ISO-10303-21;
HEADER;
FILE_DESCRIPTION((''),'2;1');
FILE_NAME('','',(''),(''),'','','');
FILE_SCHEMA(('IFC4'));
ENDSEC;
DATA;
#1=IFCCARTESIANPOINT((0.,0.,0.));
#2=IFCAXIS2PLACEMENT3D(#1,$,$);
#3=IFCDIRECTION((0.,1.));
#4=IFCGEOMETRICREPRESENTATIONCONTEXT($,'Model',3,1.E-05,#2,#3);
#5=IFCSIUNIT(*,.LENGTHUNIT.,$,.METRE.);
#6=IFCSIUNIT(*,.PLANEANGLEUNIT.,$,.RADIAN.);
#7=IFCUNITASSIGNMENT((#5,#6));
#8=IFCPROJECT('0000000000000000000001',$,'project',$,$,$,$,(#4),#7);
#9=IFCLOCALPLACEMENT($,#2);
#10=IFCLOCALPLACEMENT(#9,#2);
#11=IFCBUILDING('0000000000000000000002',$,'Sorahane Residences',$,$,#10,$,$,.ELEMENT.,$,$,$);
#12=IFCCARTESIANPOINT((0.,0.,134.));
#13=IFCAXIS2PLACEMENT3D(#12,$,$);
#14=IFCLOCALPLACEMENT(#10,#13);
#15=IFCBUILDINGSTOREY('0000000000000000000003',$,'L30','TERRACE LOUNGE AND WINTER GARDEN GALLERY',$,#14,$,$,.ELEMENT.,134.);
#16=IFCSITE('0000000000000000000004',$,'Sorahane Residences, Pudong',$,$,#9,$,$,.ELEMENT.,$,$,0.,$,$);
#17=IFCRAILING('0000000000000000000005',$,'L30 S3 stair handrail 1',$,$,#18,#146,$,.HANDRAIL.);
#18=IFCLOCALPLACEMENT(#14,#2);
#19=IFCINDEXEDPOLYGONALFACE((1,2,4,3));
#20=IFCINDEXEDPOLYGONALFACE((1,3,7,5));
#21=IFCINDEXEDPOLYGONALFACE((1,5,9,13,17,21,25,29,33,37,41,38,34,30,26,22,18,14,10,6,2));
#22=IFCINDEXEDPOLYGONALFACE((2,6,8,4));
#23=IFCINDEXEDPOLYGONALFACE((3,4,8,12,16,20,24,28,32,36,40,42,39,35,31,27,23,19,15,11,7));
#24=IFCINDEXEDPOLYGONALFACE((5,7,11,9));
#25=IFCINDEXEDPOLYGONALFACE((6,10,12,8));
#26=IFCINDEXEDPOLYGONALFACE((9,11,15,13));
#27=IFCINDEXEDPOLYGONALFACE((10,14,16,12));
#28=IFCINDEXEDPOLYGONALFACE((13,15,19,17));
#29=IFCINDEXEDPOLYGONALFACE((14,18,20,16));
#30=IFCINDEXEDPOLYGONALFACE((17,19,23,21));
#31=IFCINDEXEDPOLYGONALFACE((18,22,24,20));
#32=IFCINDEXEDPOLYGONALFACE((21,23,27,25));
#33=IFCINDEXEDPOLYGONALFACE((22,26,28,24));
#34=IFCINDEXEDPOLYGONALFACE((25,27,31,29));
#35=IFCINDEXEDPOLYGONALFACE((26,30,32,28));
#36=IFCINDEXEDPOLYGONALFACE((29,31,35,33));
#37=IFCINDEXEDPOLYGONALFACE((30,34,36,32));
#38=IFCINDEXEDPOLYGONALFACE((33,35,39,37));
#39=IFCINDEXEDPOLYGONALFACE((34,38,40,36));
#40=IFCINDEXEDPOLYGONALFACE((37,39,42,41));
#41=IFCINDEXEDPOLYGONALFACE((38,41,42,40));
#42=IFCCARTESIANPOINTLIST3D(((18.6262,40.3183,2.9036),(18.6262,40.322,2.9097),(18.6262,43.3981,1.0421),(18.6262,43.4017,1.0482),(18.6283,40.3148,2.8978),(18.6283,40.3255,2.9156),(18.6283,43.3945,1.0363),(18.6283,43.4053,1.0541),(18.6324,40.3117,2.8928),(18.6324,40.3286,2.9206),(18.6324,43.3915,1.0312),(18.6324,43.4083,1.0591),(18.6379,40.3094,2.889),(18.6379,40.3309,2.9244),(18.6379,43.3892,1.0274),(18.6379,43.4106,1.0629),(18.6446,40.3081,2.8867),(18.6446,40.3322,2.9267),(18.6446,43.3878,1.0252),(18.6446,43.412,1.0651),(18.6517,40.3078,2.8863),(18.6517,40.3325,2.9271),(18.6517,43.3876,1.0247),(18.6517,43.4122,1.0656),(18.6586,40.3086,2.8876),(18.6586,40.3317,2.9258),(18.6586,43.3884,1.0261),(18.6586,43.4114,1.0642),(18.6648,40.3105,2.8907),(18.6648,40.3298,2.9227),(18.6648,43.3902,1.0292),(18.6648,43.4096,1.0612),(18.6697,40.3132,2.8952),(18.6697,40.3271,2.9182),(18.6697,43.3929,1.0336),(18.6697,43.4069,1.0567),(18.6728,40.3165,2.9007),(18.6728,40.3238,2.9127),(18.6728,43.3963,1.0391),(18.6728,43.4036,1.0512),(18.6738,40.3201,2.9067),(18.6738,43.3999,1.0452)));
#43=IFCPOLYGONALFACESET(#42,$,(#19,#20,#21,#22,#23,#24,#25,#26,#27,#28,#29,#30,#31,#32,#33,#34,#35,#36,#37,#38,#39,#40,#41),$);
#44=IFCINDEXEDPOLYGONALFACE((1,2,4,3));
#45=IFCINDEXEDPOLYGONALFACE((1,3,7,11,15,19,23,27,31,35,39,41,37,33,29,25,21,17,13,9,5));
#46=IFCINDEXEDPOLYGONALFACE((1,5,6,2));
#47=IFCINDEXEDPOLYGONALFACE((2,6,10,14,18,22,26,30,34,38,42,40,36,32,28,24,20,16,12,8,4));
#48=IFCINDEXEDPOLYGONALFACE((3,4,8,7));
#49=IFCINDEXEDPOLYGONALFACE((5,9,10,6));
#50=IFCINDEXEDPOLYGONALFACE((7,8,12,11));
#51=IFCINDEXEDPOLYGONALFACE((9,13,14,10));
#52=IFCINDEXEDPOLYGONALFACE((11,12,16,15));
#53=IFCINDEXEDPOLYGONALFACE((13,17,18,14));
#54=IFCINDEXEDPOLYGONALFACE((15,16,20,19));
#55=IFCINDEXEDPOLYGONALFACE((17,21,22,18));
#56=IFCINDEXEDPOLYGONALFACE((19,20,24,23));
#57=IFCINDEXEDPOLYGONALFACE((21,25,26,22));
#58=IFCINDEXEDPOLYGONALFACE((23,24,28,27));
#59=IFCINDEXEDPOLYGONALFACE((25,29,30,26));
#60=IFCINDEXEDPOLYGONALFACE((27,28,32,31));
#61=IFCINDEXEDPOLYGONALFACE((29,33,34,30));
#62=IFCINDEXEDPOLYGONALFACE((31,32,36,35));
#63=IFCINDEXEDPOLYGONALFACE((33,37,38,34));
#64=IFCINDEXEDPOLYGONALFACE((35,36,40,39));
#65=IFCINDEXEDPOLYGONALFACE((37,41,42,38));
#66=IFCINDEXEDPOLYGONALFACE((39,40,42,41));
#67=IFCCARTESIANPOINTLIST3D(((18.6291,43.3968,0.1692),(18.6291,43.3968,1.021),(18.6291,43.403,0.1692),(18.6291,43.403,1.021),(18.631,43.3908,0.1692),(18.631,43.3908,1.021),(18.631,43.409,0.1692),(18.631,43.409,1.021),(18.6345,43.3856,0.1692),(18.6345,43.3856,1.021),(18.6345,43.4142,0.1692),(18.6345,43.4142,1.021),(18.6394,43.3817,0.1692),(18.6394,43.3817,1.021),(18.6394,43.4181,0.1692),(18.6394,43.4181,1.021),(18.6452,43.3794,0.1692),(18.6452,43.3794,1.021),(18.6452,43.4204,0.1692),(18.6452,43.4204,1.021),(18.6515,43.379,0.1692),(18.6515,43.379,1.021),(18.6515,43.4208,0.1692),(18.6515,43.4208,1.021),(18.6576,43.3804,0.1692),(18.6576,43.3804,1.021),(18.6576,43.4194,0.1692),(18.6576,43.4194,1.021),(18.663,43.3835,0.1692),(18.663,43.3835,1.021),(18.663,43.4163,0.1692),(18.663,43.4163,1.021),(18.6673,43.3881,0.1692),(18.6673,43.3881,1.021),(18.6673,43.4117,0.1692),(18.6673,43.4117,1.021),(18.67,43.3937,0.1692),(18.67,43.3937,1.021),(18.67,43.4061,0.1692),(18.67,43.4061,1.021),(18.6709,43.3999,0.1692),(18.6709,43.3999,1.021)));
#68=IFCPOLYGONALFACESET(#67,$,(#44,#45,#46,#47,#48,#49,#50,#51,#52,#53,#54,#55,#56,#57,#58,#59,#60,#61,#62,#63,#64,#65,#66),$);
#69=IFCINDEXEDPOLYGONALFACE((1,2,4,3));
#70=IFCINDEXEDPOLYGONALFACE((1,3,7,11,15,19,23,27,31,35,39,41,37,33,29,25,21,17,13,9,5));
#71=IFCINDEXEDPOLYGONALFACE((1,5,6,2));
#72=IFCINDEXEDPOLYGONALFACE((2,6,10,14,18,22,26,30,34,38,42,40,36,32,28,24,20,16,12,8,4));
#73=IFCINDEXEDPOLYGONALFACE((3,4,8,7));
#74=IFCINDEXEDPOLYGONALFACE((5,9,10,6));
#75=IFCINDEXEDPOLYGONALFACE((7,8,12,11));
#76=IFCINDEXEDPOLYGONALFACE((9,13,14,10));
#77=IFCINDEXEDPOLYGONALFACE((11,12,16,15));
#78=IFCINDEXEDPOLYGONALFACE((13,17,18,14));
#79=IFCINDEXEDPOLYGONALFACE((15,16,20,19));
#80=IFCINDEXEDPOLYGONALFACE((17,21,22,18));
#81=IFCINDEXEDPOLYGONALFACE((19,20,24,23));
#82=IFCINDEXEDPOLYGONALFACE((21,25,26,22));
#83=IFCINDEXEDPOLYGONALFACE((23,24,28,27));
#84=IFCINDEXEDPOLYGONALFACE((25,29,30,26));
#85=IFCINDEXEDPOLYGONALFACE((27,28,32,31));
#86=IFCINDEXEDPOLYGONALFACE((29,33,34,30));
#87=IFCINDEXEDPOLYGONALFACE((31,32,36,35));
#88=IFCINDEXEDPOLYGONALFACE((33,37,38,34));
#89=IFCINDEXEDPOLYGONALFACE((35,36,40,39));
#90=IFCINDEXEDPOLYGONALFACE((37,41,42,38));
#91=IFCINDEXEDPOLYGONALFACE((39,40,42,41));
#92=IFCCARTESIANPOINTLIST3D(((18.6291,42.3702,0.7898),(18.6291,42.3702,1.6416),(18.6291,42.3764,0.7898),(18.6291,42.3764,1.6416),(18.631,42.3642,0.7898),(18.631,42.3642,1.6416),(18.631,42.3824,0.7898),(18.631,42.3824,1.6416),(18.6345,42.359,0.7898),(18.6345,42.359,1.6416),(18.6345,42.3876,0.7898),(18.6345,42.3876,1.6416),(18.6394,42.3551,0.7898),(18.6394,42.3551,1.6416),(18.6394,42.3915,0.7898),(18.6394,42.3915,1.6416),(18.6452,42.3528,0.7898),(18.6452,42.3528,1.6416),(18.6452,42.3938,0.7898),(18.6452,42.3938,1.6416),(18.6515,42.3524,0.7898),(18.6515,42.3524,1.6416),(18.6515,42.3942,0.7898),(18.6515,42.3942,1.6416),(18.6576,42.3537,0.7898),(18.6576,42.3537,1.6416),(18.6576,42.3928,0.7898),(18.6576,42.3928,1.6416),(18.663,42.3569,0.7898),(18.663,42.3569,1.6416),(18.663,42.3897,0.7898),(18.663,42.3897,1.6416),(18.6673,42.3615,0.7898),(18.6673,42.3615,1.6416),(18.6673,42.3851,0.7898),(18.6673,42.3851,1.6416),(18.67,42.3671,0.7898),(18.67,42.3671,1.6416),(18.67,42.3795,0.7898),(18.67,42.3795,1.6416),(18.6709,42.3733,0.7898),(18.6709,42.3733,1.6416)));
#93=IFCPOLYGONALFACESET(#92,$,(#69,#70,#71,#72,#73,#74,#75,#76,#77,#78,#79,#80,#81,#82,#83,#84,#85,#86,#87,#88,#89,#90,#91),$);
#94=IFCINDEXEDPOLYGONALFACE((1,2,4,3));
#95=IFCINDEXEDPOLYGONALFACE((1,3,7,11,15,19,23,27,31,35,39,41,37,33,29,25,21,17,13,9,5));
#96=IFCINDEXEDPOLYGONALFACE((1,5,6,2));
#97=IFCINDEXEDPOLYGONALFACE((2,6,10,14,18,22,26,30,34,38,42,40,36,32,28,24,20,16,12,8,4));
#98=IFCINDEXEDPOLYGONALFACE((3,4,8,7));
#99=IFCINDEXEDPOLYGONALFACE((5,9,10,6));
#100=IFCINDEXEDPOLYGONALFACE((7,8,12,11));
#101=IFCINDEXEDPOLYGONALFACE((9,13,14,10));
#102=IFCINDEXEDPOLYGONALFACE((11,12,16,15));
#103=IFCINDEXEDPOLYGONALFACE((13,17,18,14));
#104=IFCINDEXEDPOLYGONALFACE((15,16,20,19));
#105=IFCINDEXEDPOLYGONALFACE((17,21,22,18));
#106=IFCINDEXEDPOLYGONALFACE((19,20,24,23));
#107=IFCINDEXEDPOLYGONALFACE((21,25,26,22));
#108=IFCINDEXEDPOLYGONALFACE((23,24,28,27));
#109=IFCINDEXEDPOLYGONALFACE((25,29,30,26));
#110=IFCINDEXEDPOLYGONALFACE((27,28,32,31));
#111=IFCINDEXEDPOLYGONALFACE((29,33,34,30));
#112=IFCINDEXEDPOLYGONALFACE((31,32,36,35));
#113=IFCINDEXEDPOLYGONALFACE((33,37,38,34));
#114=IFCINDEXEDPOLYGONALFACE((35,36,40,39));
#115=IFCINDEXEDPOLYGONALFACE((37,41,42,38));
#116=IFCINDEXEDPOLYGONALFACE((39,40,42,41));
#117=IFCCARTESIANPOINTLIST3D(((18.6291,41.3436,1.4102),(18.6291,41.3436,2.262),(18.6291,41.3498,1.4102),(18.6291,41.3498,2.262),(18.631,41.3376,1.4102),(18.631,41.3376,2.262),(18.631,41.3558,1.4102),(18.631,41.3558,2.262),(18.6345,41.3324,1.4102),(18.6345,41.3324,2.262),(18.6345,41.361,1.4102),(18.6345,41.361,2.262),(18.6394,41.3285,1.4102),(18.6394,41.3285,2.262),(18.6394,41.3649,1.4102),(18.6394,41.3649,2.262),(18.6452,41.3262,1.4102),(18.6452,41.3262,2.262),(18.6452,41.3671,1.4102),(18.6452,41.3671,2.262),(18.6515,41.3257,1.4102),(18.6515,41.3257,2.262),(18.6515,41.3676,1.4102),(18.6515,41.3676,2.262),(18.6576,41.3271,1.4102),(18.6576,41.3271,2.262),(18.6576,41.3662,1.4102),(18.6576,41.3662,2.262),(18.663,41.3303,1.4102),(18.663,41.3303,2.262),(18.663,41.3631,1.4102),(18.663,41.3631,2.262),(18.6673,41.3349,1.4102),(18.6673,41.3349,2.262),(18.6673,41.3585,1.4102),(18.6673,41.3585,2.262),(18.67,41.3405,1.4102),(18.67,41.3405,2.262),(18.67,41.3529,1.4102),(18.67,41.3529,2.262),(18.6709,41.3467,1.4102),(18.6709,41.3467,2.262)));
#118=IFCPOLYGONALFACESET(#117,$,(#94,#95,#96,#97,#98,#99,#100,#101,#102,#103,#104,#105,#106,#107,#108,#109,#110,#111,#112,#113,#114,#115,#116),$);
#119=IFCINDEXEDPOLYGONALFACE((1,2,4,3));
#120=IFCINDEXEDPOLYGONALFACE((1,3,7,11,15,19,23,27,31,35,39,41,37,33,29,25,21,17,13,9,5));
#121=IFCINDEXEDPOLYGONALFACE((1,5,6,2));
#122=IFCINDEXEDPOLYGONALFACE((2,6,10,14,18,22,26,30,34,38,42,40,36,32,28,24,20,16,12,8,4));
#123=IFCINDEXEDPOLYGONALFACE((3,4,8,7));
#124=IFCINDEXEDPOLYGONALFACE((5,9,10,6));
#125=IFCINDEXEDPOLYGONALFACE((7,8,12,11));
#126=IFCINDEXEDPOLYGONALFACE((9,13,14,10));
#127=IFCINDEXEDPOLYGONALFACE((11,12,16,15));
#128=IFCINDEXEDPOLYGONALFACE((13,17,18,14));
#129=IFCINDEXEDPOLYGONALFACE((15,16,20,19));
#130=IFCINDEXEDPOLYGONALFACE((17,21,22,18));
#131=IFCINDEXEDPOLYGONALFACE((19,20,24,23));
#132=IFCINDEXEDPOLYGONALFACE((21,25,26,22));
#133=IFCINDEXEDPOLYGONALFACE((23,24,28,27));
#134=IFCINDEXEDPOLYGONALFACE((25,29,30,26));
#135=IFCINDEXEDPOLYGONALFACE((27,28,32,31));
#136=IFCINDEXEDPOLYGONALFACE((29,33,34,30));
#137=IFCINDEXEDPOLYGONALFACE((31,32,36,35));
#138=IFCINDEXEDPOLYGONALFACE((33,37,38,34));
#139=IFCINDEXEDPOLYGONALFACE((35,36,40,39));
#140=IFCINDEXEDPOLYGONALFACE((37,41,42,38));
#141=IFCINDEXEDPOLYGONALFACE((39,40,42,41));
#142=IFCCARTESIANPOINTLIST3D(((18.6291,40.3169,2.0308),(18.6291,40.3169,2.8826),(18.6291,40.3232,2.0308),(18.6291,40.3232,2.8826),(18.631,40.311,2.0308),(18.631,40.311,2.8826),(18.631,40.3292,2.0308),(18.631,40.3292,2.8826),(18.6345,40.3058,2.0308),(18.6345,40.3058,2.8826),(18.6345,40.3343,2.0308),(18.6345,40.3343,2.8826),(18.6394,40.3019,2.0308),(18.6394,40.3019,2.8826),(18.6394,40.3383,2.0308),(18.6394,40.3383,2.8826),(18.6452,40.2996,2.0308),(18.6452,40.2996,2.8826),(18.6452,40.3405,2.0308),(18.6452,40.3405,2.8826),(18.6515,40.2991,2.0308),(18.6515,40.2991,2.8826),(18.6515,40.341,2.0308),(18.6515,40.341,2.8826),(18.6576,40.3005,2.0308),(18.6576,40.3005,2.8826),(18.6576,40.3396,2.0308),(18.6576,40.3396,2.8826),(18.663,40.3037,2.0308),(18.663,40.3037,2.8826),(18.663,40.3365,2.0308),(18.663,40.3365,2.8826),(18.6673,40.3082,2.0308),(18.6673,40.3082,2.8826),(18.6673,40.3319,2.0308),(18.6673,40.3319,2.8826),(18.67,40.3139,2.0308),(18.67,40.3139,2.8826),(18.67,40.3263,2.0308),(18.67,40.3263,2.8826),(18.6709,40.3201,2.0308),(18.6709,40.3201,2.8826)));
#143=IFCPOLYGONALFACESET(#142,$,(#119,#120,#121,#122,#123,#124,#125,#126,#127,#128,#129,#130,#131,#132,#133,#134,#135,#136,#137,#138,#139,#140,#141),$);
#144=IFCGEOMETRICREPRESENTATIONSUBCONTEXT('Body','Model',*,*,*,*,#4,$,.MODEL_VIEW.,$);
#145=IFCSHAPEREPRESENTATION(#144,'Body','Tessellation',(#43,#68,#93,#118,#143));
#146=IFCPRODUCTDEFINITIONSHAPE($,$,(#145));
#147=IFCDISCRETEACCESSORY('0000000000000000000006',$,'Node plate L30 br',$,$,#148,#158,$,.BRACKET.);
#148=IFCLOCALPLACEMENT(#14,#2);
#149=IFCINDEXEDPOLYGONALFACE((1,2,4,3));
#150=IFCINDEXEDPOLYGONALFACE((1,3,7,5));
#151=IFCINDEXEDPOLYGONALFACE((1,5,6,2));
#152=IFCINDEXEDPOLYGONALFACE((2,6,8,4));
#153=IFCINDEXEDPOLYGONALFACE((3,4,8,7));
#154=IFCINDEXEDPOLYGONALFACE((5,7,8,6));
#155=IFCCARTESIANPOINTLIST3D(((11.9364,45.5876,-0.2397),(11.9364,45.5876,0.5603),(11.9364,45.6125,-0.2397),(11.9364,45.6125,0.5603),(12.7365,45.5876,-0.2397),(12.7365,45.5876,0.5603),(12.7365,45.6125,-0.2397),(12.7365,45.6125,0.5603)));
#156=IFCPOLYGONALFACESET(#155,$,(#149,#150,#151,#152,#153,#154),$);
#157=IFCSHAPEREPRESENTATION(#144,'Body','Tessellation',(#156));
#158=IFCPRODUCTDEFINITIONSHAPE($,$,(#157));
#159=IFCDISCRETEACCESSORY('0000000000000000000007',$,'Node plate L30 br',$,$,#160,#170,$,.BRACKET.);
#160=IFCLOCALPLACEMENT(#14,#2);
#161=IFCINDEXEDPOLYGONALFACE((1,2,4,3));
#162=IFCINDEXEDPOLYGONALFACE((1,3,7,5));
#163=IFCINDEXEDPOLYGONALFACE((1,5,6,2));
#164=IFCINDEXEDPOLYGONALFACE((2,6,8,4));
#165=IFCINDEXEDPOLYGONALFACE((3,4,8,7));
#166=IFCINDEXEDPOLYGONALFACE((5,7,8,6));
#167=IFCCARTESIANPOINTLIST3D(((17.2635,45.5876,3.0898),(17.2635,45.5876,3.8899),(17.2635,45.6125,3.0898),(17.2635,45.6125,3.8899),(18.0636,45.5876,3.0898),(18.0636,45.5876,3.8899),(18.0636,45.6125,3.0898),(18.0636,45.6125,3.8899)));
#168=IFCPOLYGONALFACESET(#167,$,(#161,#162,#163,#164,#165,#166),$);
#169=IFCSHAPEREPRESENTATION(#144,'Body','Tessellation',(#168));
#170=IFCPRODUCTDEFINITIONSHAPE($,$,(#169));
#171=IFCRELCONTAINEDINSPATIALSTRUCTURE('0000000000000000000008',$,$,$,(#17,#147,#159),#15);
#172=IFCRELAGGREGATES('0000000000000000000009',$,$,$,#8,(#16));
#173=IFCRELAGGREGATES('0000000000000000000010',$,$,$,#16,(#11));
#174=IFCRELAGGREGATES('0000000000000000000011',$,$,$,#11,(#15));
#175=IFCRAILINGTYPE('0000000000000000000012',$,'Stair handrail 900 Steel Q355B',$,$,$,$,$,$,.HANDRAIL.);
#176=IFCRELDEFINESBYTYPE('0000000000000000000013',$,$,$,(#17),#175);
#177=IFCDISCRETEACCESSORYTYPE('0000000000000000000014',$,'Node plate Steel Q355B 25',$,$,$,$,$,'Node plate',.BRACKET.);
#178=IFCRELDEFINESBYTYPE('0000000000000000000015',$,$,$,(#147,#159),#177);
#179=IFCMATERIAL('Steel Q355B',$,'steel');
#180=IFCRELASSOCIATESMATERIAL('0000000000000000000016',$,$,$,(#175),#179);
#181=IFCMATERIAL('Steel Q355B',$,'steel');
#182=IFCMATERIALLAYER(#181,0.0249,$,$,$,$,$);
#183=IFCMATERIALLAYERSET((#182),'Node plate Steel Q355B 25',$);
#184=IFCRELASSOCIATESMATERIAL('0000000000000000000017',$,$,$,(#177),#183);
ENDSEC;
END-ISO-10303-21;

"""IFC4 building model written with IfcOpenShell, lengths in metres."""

from ifc_helpers import new_model, si_unit, direction, frame, origin, origin_2d, place, context, subcontext, project, spatial, rectangle, circle, extrude, material, layer, layer_set, type_object, element, save


model = new_model("IFC4")

# Units and contexts
model_context = context("Model", 3, precision=1e-05, world=origin(), true_north=direction((0.0, 1.0)))
body_context = subcontext(model_context, "Body", "Model", "MODEL_VIEW")
ifc_project = project(units=[si_unit("LENGTHUNIT", "METRE"), si_unit("PLANEANGLEUNIT", "RADIAN")], contexts=[model_context])

# Site, building, storey
site_placement = place(None, origin())
site = spatial("IfcSite", under=ifc_project, at=site_placement, Name="Sorahane Residences, Pudong", CompositionType="ELEMENT", RefElevation=0.0)
building_placement = place(site_placement, origin())
building = spatial("IfcBuilding", under=site, at=building_placement, Name="Sorahane Residences", CompositionType="ELEMENT")
storey_placement = place(building_placement, frame((0.0, 0.0, 134.0)))
storey = spatial("IfcBuildingStorey", under=building, at=storey_placement, Name="L30", Description="TERRACE LOUNGE AND WINTER GARDEN GALLERY", CompositionType="ELEMENT", Elevation=134.0)

# Railing
ifc_material_1 = material(Name="Steel Q355B", Category="steel")
railing_type_1 = type_object("IfcRailingType", Name="Stair handrail 900 Steel Q355B", PredefinedType="HANDRAIL", material=ifc_material_1)
for number, where, name in (
    (1, (18.6499, 43.3999, 0.1692), "L30 S3 stair handrail 1"),
):
    element("IfcRailing", number, at=place(storey_placement, frame(where)), inside=storey, type_object=railing_type_1, Name=name, PredefinedType="HANDRAIL", context=body_context, shape_type="SweptSolid", body=[
        extrude(circle(Radius=0.0239, at=origin_2d()), frame((0.0, 0.0, 0.876), z_axis=(0.0, -0.855812, 0.517286), x_axis=(1.0, 0.0, 0.0)), (0.0, 0.0, 1.0), 3.5986),
        extrude(circle(Radius=0.021, at=origin_2d()), origin(), (0.0, 0.0, 1.0), 0.8518),
        extrude(circle(Radius=0.021, at=origin_2d()), frame((0.0, -1.0266, 0.6206)), (0.0, 0.0, 1.0), 0.8518),
        extrude(circle(Radius=0.021, at=origin_2d()), frame((0.0, -2.0532, 1.241)), (0.0, 0.0, 1.0), 0.8518),
        extrude(circle(Radius=0.021, at=origin_2d()), frame((0.0, -3.0798, 1.8616)), (0.0, 0.0, 1.0), 0.8518),
    ])

# Discrete accessories
ifc_material_2 = material(Name="Steel Q355B", Category="steel")
ifc_layer_1 = layer(ifc_material_2, 0.0249)
ifc_layer_set_1 = layer_set([ifc_layer_1], Name="Node plate Steel Q355B 25")
discrete_accessory_type = type_object("IfcDiscreteAccessoryType", Name="Node plate Steel Q355B 25", ElementType="Node plate", PredefinedType="BRACKET", material=ifc_layer_set_1)
for number, where, z_axis, x_axis, name in (
    (2, (12.3364, 45.6001, -0.2397), (0.0, 0.0, 1.0), (1.0, 0.0, 0.0), "Node plate L30 br"),
    (3, (17.6636, 45.6001, 3.0898), (0.0, 0.0, 1.0), (1.0, 0.0, 0.0), "Node plate L30 br"),
):
    element("IfcDiscreteAccessory", number, at=place(storey_placement, frame(where, z_axis=z_axis, x_axis=x_axis)), inside=storey, type_object=discrete_accessory_type, Name=name, PredefinedType="BRACKET", context=body_context, shape_type="SweptSolid", body=[
        extrude(rectangle(XDim=0.8, YDim=0.0249, at=origin_2d()), origin(), (0.0, 0.0, 1.0), 0.8),
    ])

save(model, "model.ifc")
